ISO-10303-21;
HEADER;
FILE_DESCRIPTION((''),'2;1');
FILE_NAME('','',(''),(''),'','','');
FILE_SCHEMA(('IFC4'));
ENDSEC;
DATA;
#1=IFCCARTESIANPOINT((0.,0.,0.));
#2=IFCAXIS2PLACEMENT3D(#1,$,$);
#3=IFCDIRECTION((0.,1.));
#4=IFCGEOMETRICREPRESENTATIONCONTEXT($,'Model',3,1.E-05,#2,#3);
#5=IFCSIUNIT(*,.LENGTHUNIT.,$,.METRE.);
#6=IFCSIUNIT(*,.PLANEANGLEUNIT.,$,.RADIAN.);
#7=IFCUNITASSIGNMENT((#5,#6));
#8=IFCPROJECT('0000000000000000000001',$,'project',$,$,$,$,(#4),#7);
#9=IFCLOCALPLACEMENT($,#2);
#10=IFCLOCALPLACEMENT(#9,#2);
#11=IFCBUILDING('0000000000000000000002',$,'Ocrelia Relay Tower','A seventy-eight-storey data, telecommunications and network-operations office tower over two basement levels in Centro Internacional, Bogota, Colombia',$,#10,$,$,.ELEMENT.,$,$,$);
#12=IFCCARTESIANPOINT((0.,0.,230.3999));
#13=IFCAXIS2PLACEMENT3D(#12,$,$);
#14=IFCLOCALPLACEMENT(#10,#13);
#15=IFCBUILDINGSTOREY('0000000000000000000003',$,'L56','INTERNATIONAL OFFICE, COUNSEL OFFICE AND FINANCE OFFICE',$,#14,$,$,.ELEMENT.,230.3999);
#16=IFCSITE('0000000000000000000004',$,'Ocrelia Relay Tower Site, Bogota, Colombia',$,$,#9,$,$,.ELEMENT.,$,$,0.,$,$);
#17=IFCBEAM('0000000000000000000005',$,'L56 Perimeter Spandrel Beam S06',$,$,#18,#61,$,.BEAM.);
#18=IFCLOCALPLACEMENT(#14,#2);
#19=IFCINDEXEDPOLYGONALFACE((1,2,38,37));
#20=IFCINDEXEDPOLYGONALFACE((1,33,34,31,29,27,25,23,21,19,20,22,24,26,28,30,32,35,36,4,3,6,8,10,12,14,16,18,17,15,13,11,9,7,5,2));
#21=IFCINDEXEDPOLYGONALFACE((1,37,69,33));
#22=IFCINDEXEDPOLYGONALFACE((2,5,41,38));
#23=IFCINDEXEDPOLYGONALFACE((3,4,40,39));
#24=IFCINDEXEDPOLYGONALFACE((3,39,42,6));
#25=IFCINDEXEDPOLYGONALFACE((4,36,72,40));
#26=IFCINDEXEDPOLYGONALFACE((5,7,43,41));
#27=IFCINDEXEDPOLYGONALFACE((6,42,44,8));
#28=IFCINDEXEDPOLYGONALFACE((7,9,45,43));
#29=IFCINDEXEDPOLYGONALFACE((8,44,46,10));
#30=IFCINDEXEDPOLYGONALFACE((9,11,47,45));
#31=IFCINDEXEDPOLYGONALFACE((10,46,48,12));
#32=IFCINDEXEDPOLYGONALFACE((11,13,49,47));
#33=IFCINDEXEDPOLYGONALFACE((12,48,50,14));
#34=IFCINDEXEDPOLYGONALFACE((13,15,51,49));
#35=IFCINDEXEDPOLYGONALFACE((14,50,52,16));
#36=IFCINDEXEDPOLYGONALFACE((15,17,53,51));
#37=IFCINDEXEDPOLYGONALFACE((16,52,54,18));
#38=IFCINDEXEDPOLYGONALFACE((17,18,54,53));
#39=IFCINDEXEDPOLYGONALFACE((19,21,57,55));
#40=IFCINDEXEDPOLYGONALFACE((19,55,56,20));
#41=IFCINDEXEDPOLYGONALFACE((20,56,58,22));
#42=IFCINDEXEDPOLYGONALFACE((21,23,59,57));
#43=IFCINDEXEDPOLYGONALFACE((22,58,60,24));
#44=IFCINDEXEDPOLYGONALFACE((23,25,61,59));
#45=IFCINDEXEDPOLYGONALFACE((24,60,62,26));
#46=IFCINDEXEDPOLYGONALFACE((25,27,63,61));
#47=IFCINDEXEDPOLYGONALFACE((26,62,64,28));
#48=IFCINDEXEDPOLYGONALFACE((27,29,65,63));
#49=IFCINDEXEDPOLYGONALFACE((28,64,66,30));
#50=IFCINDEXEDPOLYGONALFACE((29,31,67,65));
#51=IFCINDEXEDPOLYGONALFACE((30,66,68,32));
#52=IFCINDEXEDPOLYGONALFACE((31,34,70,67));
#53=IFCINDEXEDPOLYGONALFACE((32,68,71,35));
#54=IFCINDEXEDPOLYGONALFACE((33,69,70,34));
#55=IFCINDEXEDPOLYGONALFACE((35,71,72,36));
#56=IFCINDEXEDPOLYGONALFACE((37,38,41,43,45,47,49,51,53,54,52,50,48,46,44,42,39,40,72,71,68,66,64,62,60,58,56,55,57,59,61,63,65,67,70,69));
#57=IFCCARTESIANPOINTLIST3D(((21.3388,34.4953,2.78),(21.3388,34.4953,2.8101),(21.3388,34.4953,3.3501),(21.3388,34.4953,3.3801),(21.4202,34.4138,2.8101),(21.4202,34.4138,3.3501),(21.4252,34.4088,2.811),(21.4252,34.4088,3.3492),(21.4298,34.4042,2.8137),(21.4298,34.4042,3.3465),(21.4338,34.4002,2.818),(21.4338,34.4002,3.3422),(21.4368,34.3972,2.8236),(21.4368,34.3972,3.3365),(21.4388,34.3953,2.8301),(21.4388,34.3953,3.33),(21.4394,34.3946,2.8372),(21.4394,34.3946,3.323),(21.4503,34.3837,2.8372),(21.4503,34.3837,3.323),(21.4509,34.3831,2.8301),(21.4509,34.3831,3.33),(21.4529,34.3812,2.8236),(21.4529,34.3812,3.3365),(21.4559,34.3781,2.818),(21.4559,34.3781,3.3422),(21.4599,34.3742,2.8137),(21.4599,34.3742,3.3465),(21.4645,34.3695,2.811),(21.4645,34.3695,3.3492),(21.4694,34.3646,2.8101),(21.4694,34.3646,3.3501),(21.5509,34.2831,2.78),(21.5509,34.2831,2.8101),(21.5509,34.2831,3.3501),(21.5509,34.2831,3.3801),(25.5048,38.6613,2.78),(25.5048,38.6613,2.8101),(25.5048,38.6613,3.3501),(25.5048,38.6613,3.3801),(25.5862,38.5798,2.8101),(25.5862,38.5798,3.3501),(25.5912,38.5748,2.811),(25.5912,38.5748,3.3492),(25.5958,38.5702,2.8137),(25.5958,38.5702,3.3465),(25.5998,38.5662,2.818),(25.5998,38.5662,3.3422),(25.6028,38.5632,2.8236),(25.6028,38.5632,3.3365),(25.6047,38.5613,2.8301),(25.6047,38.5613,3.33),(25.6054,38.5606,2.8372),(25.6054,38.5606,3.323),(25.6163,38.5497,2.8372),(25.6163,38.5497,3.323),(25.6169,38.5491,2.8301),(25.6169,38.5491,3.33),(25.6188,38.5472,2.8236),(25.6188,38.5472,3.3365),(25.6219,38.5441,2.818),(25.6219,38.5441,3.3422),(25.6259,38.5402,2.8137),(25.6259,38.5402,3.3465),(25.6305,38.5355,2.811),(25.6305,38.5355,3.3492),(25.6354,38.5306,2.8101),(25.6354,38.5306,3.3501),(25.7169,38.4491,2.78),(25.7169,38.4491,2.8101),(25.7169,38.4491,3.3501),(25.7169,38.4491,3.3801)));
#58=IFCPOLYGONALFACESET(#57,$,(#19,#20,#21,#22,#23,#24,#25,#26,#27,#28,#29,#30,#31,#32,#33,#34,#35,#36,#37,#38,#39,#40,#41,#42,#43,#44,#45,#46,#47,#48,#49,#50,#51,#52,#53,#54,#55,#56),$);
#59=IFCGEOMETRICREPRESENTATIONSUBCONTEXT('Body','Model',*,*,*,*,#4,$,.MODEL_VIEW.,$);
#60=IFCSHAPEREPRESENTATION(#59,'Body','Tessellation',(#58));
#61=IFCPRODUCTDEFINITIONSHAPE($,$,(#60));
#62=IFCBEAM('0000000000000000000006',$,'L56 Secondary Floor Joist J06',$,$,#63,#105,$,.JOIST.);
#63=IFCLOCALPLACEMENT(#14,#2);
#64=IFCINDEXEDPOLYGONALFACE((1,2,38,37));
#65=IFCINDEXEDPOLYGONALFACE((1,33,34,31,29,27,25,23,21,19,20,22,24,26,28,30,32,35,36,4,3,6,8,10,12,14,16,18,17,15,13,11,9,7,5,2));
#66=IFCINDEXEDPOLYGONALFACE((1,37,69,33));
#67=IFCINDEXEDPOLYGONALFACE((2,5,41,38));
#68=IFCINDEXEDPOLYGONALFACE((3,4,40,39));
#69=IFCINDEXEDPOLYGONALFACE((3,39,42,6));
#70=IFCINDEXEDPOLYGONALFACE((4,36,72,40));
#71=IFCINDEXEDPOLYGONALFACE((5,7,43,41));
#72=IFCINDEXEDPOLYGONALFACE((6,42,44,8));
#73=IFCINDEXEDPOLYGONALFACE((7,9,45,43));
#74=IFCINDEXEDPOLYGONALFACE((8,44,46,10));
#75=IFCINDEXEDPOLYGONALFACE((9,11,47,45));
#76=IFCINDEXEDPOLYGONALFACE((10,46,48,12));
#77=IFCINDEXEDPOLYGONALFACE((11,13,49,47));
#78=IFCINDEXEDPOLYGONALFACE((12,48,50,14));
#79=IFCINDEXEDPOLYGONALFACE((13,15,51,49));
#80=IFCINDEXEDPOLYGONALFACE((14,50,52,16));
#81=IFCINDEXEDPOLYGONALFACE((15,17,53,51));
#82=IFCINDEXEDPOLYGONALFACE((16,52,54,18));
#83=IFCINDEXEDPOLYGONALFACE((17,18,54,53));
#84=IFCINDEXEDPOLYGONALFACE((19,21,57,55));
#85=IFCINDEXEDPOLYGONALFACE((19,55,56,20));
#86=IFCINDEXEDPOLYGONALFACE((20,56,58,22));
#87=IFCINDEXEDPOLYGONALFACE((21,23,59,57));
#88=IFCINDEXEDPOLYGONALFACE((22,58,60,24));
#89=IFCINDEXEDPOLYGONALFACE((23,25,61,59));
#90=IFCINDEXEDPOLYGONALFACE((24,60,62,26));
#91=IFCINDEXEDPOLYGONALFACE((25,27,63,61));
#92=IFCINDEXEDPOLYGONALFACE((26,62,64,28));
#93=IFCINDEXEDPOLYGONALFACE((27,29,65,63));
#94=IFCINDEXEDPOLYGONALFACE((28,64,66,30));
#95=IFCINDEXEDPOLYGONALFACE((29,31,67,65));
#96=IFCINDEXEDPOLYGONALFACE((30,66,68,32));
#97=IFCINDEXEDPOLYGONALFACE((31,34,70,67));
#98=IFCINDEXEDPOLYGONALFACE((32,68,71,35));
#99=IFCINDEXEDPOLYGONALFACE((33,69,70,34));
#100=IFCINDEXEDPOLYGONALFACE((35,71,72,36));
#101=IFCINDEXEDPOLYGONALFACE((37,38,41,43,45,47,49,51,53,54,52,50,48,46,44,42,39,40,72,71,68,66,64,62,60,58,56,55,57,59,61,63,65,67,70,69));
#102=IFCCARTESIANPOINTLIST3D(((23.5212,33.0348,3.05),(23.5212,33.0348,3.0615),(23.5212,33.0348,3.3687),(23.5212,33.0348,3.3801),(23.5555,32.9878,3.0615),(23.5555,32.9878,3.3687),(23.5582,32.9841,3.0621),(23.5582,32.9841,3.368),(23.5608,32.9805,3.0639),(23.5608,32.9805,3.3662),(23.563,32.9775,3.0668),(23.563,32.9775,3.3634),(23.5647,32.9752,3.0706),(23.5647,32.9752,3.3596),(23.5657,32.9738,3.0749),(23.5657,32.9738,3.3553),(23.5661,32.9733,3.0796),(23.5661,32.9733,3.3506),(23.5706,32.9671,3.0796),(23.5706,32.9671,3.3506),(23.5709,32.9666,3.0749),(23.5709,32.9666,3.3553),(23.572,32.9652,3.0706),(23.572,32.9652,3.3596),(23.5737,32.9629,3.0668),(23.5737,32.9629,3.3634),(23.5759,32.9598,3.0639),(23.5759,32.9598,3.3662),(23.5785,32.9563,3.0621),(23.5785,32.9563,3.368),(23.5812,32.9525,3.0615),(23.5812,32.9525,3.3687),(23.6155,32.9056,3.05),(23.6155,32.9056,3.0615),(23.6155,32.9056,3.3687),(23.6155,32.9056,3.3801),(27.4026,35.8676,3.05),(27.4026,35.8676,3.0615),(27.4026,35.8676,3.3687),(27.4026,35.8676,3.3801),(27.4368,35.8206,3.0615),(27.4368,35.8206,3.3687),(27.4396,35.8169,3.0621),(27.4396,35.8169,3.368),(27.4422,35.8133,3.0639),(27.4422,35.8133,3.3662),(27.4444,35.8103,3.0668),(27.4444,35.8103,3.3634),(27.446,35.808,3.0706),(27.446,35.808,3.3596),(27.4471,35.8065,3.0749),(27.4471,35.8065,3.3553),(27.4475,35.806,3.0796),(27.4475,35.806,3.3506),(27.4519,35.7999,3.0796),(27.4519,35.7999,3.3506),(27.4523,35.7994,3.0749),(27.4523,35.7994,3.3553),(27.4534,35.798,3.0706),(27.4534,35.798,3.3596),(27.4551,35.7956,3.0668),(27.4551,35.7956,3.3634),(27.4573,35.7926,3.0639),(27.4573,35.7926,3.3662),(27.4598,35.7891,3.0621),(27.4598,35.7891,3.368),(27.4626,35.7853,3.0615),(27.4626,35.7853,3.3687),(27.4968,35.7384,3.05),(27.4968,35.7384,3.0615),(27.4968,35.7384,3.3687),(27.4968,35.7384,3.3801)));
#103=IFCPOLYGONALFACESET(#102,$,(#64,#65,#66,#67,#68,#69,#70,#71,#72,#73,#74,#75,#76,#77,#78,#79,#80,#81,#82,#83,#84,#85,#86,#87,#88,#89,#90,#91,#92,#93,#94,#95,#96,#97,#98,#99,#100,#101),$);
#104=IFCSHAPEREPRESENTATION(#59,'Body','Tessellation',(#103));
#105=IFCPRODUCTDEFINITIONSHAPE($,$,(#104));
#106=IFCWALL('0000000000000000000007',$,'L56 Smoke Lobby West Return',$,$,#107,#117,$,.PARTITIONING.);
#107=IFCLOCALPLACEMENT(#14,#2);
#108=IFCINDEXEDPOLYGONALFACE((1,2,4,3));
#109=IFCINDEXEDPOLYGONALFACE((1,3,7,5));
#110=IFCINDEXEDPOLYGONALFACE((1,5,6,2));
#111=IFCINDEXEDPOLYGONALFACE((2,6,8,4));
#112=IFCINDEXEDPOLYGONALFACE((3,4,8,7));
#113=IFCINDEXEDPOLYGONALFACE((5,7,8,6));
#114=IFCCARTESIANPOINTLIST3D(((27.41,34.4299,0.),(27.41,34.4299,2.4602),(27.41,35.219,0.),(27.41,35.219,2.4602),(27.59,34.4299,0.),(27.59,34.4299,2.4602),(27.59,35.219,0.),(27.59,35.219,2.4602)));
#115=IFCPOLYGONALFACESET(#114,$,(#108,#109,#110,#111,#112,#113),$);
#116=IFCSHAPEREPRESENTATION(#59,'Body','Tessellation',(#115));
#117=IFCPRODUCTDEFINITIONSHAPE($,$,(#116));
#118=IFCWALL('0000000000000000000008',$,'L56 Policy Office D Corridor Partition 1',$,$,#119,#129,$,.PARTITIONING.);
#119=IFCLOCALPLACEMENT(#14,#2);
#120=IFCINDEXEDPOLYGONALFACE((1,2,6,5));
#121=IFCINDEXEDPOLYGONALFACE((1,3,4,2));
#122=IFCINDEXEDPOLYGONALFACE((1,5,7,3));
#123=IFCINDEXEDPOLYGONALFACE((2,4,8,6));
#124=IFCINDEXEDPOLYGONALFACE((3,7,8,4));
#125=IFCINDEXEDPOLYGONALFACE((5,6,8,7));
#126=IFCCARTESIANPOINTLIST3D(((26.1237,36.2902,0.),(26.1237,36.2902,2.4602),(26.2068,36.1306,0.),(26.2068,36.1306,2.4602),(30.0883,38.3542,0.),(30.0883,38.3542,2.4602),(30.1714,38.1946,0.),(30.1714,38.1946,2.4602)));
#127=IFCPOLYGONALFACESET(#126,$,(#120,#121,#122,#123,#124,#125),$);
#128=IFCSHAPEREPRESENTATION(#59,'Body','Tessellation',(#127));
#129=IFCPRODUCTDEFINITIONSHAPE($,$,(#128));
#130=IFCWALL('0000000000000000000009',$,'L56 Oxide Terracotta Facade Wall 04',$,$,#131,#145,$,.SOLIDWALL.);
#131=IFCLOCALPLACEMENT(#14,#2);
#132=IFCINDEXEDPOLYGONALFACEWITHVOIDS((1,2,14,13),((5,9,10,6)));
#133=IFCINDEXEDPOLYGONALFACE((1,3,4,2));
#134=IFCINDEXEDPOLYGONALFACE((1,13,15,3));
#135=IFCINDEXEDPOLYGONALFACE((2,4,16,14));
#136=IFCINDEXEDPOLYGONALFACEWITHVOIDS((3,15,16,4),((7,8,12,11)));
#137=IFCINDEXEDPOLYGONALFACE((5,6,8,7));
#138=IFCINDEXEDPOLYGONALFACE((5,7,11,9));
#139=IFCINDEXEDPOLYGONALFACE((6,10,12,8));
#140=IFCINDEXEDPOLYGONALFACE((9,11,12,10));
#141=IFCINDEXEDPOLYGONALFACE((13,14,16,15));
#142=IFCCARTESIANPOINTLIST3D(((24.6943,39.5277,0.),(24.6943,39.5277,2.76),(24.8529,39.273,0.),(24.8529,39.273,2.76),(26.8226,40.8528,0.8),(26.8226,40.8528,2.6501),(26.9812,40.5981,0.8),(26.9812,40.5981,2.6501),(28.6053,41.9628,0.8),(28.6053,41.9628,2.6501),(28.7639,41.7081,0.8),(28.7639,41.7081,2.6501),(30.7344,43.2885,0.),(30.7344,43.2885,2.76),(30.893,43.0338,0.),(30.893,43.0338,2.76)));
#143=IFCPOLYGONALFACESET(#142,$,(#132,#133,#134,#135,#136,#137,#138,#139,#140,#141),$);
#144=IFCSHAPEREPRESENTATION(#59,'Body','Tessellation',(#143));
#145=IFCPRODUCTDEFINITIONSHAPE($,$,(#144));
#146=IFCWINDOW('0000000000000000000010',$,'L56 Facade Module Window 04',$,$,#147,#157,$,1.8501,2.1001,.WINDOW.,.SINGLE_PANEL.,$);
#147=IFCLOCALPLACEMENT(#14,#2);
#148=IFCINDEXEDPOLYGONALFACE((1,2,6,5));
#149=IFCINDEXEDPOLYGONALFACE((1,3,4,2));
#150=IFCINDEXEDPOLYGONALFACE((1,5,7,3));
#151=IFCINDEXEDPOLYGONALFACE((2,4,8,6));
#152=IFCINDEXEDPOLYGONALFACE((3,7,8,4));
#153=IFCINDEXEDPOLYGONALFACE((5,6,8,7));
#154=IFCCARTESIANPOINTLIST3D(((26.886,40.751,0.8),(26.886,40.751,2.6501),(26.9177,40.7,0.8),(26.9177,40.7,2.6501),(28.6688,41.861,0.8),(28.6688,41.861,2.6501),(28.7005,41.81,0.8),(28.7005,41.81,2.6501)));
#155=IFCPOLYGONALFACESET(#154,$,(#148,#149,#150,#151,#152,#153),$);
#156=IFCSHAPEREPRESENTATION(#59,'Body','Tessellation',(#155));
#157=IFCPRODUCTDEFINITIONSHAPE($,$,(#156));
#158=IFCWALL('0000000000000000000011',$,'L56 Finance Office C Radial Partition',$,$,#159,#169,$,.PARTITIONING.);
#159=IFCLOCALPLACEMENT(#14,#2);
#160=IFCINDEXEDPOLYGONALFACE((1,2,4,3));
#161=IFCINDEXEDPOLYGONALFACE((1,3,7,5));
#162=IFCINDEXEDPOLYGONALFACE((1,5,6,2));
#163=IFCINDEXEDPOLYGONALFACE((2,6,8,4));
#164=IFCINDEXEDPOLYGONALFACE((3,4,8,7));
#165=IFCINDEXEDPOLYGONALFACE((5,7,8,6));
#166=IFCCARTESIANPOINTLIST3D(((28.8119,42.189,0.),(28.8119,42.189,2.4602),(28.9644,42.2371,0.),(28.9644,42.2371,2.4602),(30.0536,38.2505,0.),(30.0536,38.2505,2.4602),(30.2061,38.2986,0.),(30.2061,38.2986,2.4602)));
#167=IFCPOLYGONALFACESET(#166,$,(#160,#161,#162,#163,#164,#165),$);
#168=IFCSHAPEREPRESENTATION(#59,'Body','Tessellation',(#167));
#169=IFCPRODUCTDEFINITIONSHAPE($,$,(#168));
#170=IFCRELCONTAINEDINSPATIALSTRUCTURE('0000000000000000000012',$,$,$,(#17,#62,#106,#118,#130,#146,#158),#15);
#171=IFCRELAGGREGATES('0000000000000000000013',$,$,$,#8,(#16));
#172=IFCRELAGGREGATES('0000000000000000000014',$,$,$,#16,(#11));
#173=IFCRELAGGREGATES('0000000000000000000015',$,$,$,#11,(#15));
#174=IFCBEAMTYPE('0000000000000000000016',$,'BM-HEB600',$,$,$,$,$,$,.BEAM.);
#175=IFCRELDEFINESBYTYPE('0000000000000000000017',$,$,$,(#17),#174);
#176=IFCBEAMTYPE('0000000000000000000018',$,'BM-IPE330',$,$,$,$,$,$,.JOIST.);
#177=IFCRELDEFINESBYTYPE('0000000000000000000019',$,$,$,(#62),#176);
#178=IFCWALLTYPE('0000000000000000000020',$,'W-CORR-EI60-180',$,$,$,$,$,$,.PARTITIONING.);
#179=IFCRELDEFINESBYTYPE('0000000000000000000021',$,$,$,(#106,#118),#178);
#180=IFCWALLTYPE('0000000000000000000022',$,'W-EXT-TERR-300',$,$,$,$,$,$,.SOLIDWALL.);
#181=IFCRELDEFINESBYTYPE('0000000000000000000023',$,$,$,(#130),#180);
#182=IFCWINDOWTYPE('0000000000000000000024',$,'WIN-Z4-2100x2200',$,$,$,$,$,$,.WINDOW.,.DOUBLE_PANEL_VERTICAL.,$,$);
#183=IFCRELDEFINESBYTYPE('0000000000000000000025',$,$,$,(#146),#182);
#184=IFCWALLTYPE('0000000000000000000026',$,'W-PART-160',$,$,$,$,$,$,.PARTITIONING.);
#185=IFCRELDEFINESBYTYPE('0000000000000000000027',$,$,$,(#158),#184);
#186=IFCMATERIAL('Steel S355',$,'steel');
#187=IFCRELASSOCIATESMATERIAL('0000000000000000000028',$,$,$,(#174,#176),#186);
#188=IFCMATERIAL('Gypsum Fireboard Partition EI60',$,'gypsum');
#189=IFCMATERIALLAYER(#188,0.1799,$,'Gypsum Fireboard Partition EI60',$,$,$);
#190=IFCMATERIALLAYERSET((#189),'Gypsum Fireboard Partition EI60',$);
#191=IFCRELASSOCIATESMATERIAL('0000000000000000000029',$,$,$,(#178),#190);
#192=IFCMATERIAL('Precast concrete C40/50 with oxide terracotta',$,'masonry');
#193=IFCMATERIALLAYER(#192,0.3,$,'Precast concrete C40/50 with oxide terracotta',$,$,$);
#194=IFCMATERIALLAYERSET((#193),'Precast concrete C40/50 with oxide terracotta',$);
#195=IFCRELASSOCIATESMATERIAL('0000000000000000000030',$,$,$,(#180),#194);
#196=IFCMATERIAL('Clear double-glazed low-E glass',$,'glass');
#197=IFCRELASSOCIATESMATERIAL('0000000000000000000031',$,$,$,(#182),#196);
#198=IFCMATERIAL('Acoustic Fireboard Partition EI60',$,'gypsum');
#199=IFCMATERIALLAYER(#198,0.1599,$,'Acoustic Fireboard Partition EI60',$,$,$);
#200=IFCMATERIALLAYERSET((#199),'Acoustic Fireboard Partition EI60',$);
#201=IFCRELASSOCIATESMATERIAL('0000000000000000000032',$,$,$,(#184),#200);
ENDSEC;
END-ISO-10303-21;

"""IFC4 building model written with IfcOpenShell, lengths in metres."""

from ifc_helpers import new_model, si_unit, direction, frame, frame_2d, origin, origin_2d, place, context, subcontext, project, spatial, rectangle, i_section, extrude, material, layer, layer_set, material_profile, profile_set, type_object, element, fill, save


model = new_model("IFC4")

# Units and contexts
model_context = context("Model", 3, precision=1e-05, world=origin(), true_north=direction((0.0, 1.0)))
body_context = subcontext(model_context, "Body", "Model", "MODEL_VIEW")
ifc_project = project(units=[si_unit("LENGTHUNIT", "METRE"), si_unit("PLANEANGLEUNIT", "RADIAN")], contexts=[model_context])

# Site, building, storey
site_placement = place(None, origin())
site = spatial("IfcSite", under=ifc_project, at=site_placement, Name="Ocrelia Relay Tower Site, Bogota, Colombia", CompositionType="ELEMENT", RefElevation=0.0)
building_placement = place(site_placement, origin())
building = spatial("IfcBuilding", under=site, at=building_placement, Name="Ocrelia Relay Tower", Description="A seventy-eight-storey data, telecommunications and network-operations office tower over two basement levels in Centro Internacional, Bogota, Colombia", CompositionType="ELEMENT")
storey_placement = place(building_placement, frame((0.0, 0.0, 230.3999)))
storey = spatial("IfcBuildingStorey", under=building, at=storey_placement, Name="L56", Description="INTERNATIONAL OFFICE, COUNSEL OFFICE AND FINANCE OFFICE", CompositionType="ELEMENT", Elevation=230.3999)

# Beams
ifc_material_1 = material(Name="Steel S355", Category="steel")
ifc_material_profile_1 = material_profile(ifc_material_1, i_section(OverallWidth=0.3, OverallDepth=0.6001, WebThickness=0.0154, FlangeThickness=0.03, FilletRadius=0.0271, at=origin_2d()), Name="HEB 600")
ifc_profile_set_1 = profile_set([ifc_material_profile_1], Name="Steel S355")
beam_type_1 = type_object("IfcBeamType", Name="BM-HEB600", PredefinedType="BEAM", material=ifc_profile_set_1)
beam_1_placement = place(storey_placement, frame((25.6108, 38.5552, 3.0801), z_axis=(-0.707107, -0.707107, 0.0), x_axis=(0.707107, -0.707107, 0.0)))
element("IfcBeam", 1, at=beam_1_placement, inside=storey, type_object=beam_type_1, Name="L56 Perimeter Spandrel Beam S06", PredefinedType="BEAM", context=body_context, shape_type="SweptSolid", body=[
    extrude(i_section(OverallWidth=0.3, OverallDepth=0.6001, WebThickness=0.0154, FlangeThickness=0.03, FilletRadius=0.0271, at=origin_2d()), origin(), (0.0, 0.0, 1.0), 5.8916),
])
ifc_material_profile_2 = material_profile(ifc_material_1, i_section(OverallWidth=0.1599, OverallDepth=0.3301, WebThickness=0.0076, FlangeThickness=0.0115, FilletRadius=0.0181, at=origin_2d()), Name="IPE 330")
ifc_profile_set_2 = profile_set([ifc_material_profile_2], Name="Steel S355")
beam_type_2 = type_object("IfcBeamType", Name="BM-IPE330", PredefinedType="JOIST", material=ifc_profile_set_2)
beam_2_placement = place(storey_placement, frame((27.4497, 35.803, 3.2151), z_axis=(-0.807748, -0.589527, 0.0), x_axis=(0.589527, -0.807748, 0.0)))
element("IfcBeam", 2, at=beam_2_placement, inside=storey, type_object=beam_type_2, Name="L56 Secondary Floor Joist J06", PredefinedType="JOIST", context=body_context, shape_type="SweptSolid", body=[
    extrude(i_section(OverallWidth=0.1599, OverallDepth=0.3301, WebThickness=0.0076, FlangeThickness=0.0115, FilletRadius=0.0181, at=origin_2d()), origin(), (0.0, 0.0, 1.0), 4.8052),
])

# Wall
ifc_material_2 = material(Name="Gypsum Fireboard Partition EI60", Category="gypsum")
ifc_layer_1 = layer(ifc_material_2, 0.1799, Name="Gypsum Fireboard Partition EI60")
ifc_layer_set_1 = layer_set([ifc_layer_1], Name="Gypsum Fireboard Partition EI60")
wall_type_1 = type_object("IfcWallType", Name="W-CORR-EI60-180", PredefinedType="PARTITIONING", material=ifc_layer_set_1)
wall_1_placement = place(storey_placement, frame((27.5, 34.4299, 0.0), z_axis=(0.0, 0.0, 1.0), x_axis=(0.0, 1.0, 0.0)))
element("IfcWall", 3, at=wall_1_placement, inside=storey, type_object=wall_type_1, Name="L56 Smoke Lobby West Return", PredefinedType="PARTITIONING", context=body_context, shape_type="SweptSolid", body=[
    extrude(rectangle(XDim=0.7891, YDim=0.1799, at=frame_2d((0.3945, 0.0))), origin(), (0.0, 0.0, 1.0), 2.4602),
])

# Wall
wall_2_placement = place(storey_placement, frame((30.1299, 38.2744, 0.0), z_axis=(0.0, 0.0, 1.0), x_axis=(-0.886999, -0.461771, 0.0)))
element("IfcWall", 4, at=wall_2_placement, inside=storey, type_object=wall_type_1, Name="L56 Policy Office D Corridor Partition 1", PredefinedType="PARTITIONING", context=body_context, shape_type="SweptSolid", body=[
    extrude(rectangle(XDim=4.4697, YDim=0.1799, at=frame_2d((2.2349, 0.0))), origin(), (0.0, 0.0, 1.0), 2.4602),
])

# Wall, opening, window
ifc_material_3 = material(Name="Precast concrete C40/50 with oxide terracotta", Category="masonry")
ifc_layer_2 = layer(ifc_material_3, 0.3, Name="Precast concrete C40/50 with oxide terracotta")
ifc_layer_set_2 = layer_set([ifc_layer_2], Name="Precast concrete C40/50 with oxide terracotta")
wall_type_2 = type_object("IfcWallType", Name="W-EXT-TERR-300", PredefinedType="SOLIDWALL", material=ifc_layer_set_2)
wall_3_placement = place(storey_placement, frame((30.8137, 43.1611, 0.0), z_axis=(0.0, 0.0, 1.0), x_axis=(-0.848899, -0.528555, 0.0)))
wall_3 = element("IfcWall", 5, at=wall_3_placement, inside=storey, type_object=wall_type_2, Name="L56 Oxide Terracotta Facade Wall 04", PredefinedType="SOLIDWALL", context=body_context, shape_type="SweptSolid", body=[
    extrude(rectangle(XDim=7.1152, YDim=0.3, at=frame_2d((3.5576, 0.0))), origin(), (0.0, 0.0, 1.0), 2.76),
])
opening_1_placement = place(wall_3_placement, frame((2.5081, 0.0, 0.8)))
opening_1 = element("IfcOpeningElement", 6, at=opening_1_placement, cuts=wall_3, PredefinedType="OPENING", context=body_context, shape_type="SweptSolid", body=[
    extrude(rectangle(XDim=2.1001, YDim=1.8501, at=frame_2d((1.05, 0.925))), frame((0.0, 0.1602, 0.0), z_axis=(0.0, -1.0, 0.0), x_axis=(1.0, 0.0, 0.0)), (0.0, 0.0, 1.0), 0.3201),
])
ifc_material_4 = material(Name="Clear double-glazed low-E glass", Category="glass")
window_type = type_object("IfcWindowType", Name="WIN-Z4-2100x2200", PartitioningType="DOUBLE_PANEL_VERTICAL", PredefinedType="WINDOW", material=ifc_material_4)
window_placement = place(opening_1_placement, origin())
window = element("IfcWindow", 7, at=window_placement, inside=storey, type_object=window_type, Name="L56 Facade Module Window 04", OverallHeight=1.8501, OverallWidth=2.1001, PartitioningType="SINGLE_PANEL", PredefinedType="WINDOW", context=body_context, shape_type="SweptSolid", body=[
    extrude(rectangle(XDim=2.1001, YDim=1.8501, at=frame_2d((1.05, 0.925))), frame((0.0, 0.03, 0.0), z_axis=(0.0, -1.0, 0.0), x_axis=(1.0, 0.0, 0.0)), (0.0, 0.0, 1.0), 0.0601),
])
fill(opening_1, window)

# Wall
ifc_material_5 = material(Name="Acoustic Fireboard Partition EI60", Category="gypsum")
ifc_layer_3 = layer(ifc_material_5, 0.1599, Name="Acoustic Fireboard Partition EI60")
ifc_layer_set_3 = layer_set([ifc_layer_3], Name="Acoustic Fireboard Partition EI60")
wall_type_3 = type_object("IfcWallType", Name="W-PART-160", PredefinedType="PARTITIONING", material=ifc_layer_set_3)
wall_4_placement = place(storey_placement, frame((30.1299, 38.2744, 0.0), z_axis=(0.0, 0.0, 1.0), x_axis=(-0.300684, 0.953724, 0.0)))
element("IfcWall", 8, at=wall_4_placement, inside=storey, type_object=wall_type_3, Name="L56 Finance Office C Radial Partition", PredefinedType="PARTITIONING", context=body_context, shape_type="SweptSolid", body=[
    extrude(rectangle(XDim=4.1296, YDim=0.1599, at=frame_2d((2.0649, 0.0))), origin(), (0.0, 0.0, 1.0), 2.4602),
])

save(model, "model.ifc")
